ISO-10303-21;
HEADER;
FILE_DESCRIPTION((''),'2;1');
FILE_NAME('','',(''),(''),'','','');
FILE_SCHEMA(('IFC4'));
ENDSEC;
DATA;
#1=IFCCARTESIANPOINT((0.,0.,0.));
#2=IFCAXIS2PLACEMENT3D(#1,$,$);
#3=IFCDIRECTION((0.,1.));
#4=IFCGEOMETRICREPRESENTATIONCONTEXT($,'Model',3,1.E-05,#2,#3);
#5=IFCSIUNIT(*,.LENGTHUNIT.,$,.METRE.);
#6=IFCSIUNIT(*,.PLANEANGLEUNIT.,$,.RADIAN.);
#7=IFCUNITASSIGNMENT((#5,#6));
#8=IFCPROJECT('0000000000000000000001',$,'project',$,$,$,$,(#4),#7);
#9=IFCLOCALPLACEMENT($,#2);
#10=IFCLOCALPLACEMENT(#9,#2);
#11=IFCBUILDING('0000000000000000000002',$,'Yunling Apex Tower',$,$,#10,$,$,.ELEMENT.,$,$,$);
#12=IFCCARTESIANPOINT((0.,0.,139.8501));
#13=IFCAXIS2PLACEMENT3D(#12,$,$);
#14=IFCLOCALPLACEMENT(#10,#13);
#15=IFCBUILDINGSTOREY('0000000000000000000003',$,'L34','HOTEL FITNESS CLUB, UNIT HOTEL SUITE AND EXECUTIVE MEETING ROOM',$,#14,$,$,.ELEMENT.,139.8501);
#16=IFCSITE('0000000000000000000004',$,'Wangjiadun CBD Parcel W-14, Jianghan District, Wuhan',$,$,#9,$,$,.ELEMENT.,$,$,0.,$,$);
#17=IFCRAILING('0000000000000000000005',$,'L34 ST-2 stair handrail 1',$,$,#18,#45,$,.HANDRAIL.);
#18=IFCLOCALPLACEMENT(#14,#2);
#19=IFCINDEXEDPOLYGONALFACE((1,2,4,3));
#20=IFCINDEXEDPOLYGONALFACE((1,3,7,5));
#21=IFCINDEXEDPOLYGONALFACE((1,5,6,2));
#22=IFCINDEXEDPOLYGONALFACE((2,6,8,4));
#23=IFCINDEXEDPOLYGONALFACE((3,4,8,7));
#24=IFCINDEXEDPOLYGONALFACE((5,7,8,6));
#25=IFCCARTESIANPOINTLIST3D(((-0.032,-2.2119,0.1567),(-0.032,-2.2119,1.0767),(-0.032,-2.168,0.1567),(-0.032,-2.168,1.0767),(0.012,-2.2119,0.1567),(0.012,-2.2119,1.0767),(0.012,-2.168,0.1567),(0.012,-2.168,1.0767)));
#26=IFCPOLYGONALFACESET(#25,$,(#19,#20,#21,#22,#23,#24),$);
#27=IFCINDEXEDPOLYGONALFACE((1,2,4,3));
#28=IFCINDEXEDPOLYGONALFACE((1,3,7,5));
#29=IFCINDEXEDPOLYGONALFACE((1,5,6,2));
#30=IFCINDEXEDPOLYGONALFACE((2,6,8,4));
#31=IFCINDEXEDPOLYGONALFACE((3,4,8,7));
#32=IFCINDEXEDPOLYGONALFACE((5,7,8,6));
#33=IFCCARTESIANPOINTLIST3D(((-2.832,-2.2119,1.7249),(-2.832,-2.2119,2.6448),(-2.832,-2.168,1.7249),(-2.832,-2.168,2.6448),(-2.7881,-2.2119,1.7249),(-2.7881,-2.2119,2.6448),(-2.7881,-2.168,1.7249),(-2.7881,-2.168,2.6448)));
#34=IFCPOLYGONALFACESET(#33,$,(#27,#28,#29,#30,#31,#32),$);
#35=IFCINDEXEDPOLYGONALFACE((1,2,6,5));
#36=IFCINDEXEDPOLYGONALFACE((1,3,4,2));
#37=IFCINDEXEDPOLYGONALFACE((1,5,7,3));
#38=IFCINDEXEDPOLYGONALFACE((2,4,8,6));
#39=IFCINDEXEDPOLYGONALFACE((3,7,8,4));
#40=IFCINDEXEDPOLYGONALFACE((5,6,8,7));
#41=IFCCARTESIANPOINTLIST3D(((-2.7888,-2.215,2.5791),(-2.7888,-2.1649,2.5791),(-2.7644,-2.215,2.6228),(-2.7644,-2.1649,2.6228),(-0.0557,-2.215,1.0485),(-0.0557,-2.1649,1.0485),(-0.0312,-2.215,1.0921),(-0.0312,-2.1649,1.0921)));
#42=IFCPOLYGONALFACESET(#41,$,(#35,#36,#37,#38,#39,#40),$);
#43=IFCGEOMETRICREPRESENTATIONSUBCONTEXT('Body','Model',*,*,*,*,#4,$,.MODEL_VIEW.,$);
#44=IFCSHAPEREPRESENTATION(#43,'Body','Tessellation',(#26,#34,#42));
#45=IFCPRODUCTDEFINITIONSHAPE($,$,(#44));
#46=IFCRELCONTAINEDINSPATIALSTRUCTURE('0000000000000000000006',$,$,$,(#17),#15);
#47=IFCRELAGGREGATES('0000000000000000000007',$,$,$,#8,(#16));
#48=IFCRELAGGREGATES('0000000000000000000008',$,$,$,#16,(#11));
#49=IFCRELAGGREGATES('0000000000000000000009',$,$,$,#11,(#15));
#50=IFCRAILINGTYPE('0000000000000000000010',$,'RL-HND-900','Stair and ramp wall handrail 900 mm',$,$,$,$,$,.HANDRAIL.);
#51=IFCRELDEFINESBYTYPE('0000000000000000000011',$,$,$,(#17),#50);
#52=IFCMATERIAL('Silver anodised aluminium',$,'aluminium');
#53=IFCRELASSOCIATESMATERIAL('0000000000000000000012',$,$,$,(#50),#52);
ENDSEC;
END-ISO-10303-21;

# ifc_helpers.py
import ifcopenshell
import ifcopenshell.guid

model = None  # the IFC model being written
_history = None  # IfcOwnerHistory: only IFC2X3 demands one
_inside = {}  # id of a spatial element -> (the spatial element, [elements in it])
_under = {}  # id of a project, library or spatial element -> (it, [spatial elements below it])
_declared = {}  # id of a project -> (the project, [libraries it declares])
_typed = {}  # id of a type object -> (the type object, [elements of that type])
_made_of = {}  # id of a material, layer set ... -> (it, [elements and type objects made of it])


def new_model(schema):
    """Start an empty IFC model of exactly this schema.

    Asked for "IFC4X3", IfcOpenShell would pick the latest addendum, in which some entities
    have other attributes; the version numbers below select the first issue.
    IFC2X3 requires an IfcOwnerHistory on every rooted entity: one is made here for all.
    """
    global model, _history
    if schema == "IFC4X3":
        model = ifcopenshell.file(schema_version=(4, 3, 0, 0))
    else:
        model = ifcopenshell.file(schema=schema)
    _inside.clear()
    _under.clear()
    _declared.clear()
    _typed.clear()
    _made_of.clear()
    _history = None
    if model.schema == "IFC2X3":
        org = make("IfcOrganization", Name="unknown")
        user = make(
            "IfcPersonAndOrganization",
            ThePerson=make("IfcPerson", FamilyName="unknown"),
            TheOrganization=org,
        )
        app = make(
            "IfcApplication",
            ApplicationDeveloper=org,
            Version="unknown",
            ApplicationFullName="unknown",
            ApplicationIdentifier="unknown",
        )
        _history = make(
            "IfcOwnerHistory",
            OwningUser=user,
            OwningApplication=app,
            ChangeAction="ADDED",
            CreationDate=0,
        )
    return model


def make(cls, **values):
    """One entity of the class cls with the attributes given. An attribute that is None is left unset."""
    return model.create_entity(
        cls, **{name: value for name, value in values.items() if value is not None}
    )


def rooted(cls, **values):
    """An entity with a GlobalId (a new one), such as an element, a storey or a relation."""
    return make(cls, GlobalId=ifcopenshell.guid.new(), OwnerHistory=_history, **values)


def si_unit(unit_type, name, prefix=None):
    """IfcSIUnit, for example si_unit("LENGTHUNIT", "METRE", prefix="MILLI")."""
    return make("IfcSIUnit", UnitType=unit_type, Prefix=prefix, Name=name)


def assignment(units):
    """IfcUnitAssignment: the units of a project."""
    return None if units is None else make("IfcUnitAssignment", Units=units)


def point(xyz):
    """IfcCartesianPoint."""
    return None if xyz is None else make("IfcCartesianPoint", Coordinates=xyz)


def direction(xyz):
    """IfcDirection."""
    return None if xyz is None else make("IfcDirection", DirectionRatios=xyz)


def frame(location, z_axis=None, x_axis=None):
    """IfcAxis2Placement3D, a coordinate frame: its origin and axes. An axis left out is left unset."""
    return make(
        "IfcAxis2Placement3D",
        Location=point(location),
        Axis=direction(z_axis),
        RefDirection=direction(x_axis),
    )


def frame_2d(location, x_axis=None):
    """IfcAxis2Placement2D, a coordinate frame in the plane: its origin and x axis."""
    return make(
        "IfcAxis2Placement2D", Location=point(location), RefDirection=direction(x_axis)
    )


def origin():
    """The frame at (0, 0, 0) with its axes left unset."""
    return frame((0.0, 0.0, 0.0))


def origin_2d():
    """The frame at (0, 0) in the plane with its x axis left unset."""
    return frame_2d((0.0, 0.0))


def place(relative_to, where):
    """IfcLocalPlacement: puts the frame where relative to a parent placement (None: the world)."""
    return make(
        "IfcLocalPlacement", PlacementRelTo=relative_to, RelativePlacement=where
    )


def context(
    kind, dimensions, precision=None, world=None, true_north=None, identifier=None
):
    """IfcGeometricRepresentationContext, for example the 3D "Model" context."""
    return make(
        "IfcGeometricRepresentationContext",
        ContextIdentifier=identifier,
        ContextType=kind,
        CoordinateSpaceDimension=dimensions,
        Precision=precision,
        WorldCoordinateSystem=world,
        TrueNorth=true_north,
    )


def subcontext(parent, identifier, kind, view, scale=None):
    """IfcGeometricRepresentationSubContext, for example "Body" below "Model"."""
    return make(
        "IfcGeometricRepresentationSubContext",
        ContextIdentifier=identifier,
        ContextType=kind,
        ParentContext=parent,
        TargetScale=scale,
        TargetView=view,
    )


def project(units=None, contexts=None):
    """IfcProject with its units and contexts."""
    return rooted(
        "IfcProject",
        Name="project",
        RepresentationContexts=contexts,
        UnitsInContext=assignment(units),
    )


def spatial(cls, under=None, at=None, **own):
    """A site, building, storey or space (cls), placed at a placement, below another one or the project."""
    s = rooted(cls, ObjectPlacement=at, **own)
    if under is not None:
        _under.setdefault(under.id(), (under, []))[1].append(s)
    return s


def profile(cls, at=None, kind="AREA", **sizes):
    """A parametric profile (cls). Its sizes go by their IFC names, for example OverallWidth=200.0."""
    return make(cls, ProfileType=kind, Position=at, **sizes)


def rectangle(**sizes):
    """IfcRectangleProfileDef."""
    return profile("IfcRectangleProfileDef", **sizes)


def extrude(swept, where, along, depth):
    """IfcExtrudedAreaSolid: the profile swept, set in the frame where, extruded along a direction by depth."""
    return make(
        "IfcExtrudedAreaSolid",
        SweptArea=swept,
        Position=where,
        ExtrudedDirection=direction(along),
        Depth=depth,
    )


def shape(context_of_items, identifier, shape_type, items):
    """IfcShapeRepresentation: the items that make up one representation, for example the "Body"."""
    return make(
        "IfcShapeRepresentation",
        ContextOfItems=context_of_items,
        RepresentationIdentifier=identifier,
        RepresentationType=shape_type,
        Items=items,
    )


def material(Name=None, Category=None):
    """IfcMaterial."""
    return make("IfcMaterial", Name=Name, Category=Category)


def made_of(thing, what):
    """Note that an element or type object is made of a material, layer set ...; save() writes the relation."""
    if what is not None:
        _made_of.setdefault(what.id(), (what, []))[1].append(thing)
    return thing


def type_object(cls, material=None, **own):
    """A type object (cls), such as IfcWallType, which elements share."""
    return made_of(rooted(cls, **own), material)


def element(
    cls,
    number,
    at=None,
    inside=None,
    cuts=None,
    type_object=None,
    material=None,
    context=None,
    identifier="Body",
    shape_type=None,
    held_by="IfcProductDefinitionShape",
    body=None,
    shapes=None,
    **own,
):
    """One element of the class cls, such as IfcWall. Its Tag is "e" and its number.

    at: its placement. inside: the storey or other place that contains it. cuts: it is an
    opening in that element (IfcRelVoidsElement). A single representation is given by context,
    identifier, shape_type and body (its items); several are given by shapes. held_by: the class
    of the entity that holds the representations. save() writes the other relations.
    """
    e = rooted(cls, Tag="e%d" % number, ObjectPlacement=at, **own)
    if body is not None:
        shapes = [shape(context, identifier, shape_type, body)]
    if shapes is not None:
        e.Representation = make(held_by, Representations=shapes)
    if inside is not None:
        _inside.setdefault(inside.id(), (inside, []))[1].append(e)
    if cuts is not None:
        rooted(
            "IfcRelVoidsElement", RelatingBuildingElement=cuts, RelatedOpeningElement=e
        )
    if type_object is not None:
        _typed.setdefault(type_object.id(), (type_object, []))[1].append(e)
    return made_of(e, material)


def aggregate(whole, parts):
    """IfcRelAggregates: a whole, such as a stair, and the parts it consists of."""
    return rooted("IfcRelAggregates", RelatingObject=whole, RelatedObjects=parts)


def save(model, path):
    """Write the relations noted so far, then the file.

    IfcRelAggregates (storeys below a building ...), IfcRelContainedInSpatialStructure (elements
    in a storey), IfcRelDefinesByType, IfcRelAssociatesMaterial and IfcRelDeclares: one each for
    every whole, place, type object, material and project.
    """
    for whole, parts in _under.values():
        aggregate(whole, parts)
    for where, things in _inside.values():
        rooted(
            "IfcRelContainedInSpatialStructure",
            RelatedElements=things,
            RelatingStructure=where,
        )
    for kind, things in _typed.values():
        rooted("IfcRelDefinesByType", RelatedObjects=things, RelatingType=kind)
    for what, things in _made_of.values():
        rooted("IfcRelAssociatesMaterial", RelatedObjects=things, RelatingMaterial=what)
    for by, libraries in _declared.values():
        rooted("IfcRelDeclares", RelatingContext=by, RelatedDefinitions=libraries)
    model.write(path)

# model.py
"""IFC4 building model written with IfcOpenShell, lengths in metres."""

from ifc_helpers import new_model, si_unit, direction, frame, origin, origin_2d, place, context, subcontext, project, spatial, rectangle, extrude, material, type_object, element, save


model = new_model("IFC4")

# Units and contexts
model_context = context("Model", 3, precision=1e-05, world=origin(), true_north=direction((0.0, 1.0)))
body_context = subcontext(model_context, "Body", "Model", "MODEL_VIEW")
ifc_project = project(units=[si_unit("LENGTHUNIT", "METRE"), si_unit("PLANEANGLEUNIT", "RADIAN")], contexts=[model_context])

# Site, building, storey
site_placement = place(None, origin())
site = spatial("IfcSite", under=ifc_project, at=site_placement, Name="Wangjiadun CBD Parcel W-14, Jianghan District, Wuhan", CompositionType="ELEMENT", RefElevation=0.0)
building_placement = place(site_placement, origin())
building = spatial("IfcBuilding", under=site, at=building_placement, Name="Yunling Apex Tower", CompositionType="ELEMENT")
storey_placement = place(building_placement, frame((0.0, 0.0, 139.8501)))
storey = spatial("IfcBuildingStorey", under=building, at=storey_placement, Name="L34", Description="HOTEL FITNESS CLUB, UNIT HOTEL SUITE AND EXECUTIVE MEETING ROOM", CompositionType="ELEMENT", Elevation=139.8501)

# Railing
ifc_material_1 = material(Name="Silver anodised aluminium", Category="aluminium")
railing_type_1 = type_object("IfcRailingType", Name="RL-HND-900", Description="Stair and ramp wall handrail 900 mm", PredefinedType="HANDRAIL", material=ifc_material_1)
railing_1_placement = place(storey_placement, frame((-0.01, -2.1899, 0.1567)))
element("IfcRailing", 1, at=railing_1_placement, inside=storey, type_object=railing_type_1, Name="L34 ST-2 stair handrail 1", PredefinedType="HANDRAIL", context=body_context, shape_type="SweptSolid", body=[
    extrude(rectangle(XDim=0.0439, YDim=0.0439, at=origin_2d()), origin(), (0.0, 0.0, 1.0), 0.9199),
    extrude(rectangle(XDim=0.0439, YDim=0.0439, at=origin_2d()), frame((-2.8, 0.0, 1.5681)), (0.0, 0.0, 1.0), 0.9199),
    extrude(rectangle(XDim=0.05, YDim=0.05, at=origin_2d()), frame((-0.0334, 0.0, 0.9136), z_axis=(-0.872494, 0.0, 0.488624), x_axis=(0.0, -1.0, 0.0)), (0.0, 0.0, 1.0), 3.1326),
])

save(model, "model.ifc")
